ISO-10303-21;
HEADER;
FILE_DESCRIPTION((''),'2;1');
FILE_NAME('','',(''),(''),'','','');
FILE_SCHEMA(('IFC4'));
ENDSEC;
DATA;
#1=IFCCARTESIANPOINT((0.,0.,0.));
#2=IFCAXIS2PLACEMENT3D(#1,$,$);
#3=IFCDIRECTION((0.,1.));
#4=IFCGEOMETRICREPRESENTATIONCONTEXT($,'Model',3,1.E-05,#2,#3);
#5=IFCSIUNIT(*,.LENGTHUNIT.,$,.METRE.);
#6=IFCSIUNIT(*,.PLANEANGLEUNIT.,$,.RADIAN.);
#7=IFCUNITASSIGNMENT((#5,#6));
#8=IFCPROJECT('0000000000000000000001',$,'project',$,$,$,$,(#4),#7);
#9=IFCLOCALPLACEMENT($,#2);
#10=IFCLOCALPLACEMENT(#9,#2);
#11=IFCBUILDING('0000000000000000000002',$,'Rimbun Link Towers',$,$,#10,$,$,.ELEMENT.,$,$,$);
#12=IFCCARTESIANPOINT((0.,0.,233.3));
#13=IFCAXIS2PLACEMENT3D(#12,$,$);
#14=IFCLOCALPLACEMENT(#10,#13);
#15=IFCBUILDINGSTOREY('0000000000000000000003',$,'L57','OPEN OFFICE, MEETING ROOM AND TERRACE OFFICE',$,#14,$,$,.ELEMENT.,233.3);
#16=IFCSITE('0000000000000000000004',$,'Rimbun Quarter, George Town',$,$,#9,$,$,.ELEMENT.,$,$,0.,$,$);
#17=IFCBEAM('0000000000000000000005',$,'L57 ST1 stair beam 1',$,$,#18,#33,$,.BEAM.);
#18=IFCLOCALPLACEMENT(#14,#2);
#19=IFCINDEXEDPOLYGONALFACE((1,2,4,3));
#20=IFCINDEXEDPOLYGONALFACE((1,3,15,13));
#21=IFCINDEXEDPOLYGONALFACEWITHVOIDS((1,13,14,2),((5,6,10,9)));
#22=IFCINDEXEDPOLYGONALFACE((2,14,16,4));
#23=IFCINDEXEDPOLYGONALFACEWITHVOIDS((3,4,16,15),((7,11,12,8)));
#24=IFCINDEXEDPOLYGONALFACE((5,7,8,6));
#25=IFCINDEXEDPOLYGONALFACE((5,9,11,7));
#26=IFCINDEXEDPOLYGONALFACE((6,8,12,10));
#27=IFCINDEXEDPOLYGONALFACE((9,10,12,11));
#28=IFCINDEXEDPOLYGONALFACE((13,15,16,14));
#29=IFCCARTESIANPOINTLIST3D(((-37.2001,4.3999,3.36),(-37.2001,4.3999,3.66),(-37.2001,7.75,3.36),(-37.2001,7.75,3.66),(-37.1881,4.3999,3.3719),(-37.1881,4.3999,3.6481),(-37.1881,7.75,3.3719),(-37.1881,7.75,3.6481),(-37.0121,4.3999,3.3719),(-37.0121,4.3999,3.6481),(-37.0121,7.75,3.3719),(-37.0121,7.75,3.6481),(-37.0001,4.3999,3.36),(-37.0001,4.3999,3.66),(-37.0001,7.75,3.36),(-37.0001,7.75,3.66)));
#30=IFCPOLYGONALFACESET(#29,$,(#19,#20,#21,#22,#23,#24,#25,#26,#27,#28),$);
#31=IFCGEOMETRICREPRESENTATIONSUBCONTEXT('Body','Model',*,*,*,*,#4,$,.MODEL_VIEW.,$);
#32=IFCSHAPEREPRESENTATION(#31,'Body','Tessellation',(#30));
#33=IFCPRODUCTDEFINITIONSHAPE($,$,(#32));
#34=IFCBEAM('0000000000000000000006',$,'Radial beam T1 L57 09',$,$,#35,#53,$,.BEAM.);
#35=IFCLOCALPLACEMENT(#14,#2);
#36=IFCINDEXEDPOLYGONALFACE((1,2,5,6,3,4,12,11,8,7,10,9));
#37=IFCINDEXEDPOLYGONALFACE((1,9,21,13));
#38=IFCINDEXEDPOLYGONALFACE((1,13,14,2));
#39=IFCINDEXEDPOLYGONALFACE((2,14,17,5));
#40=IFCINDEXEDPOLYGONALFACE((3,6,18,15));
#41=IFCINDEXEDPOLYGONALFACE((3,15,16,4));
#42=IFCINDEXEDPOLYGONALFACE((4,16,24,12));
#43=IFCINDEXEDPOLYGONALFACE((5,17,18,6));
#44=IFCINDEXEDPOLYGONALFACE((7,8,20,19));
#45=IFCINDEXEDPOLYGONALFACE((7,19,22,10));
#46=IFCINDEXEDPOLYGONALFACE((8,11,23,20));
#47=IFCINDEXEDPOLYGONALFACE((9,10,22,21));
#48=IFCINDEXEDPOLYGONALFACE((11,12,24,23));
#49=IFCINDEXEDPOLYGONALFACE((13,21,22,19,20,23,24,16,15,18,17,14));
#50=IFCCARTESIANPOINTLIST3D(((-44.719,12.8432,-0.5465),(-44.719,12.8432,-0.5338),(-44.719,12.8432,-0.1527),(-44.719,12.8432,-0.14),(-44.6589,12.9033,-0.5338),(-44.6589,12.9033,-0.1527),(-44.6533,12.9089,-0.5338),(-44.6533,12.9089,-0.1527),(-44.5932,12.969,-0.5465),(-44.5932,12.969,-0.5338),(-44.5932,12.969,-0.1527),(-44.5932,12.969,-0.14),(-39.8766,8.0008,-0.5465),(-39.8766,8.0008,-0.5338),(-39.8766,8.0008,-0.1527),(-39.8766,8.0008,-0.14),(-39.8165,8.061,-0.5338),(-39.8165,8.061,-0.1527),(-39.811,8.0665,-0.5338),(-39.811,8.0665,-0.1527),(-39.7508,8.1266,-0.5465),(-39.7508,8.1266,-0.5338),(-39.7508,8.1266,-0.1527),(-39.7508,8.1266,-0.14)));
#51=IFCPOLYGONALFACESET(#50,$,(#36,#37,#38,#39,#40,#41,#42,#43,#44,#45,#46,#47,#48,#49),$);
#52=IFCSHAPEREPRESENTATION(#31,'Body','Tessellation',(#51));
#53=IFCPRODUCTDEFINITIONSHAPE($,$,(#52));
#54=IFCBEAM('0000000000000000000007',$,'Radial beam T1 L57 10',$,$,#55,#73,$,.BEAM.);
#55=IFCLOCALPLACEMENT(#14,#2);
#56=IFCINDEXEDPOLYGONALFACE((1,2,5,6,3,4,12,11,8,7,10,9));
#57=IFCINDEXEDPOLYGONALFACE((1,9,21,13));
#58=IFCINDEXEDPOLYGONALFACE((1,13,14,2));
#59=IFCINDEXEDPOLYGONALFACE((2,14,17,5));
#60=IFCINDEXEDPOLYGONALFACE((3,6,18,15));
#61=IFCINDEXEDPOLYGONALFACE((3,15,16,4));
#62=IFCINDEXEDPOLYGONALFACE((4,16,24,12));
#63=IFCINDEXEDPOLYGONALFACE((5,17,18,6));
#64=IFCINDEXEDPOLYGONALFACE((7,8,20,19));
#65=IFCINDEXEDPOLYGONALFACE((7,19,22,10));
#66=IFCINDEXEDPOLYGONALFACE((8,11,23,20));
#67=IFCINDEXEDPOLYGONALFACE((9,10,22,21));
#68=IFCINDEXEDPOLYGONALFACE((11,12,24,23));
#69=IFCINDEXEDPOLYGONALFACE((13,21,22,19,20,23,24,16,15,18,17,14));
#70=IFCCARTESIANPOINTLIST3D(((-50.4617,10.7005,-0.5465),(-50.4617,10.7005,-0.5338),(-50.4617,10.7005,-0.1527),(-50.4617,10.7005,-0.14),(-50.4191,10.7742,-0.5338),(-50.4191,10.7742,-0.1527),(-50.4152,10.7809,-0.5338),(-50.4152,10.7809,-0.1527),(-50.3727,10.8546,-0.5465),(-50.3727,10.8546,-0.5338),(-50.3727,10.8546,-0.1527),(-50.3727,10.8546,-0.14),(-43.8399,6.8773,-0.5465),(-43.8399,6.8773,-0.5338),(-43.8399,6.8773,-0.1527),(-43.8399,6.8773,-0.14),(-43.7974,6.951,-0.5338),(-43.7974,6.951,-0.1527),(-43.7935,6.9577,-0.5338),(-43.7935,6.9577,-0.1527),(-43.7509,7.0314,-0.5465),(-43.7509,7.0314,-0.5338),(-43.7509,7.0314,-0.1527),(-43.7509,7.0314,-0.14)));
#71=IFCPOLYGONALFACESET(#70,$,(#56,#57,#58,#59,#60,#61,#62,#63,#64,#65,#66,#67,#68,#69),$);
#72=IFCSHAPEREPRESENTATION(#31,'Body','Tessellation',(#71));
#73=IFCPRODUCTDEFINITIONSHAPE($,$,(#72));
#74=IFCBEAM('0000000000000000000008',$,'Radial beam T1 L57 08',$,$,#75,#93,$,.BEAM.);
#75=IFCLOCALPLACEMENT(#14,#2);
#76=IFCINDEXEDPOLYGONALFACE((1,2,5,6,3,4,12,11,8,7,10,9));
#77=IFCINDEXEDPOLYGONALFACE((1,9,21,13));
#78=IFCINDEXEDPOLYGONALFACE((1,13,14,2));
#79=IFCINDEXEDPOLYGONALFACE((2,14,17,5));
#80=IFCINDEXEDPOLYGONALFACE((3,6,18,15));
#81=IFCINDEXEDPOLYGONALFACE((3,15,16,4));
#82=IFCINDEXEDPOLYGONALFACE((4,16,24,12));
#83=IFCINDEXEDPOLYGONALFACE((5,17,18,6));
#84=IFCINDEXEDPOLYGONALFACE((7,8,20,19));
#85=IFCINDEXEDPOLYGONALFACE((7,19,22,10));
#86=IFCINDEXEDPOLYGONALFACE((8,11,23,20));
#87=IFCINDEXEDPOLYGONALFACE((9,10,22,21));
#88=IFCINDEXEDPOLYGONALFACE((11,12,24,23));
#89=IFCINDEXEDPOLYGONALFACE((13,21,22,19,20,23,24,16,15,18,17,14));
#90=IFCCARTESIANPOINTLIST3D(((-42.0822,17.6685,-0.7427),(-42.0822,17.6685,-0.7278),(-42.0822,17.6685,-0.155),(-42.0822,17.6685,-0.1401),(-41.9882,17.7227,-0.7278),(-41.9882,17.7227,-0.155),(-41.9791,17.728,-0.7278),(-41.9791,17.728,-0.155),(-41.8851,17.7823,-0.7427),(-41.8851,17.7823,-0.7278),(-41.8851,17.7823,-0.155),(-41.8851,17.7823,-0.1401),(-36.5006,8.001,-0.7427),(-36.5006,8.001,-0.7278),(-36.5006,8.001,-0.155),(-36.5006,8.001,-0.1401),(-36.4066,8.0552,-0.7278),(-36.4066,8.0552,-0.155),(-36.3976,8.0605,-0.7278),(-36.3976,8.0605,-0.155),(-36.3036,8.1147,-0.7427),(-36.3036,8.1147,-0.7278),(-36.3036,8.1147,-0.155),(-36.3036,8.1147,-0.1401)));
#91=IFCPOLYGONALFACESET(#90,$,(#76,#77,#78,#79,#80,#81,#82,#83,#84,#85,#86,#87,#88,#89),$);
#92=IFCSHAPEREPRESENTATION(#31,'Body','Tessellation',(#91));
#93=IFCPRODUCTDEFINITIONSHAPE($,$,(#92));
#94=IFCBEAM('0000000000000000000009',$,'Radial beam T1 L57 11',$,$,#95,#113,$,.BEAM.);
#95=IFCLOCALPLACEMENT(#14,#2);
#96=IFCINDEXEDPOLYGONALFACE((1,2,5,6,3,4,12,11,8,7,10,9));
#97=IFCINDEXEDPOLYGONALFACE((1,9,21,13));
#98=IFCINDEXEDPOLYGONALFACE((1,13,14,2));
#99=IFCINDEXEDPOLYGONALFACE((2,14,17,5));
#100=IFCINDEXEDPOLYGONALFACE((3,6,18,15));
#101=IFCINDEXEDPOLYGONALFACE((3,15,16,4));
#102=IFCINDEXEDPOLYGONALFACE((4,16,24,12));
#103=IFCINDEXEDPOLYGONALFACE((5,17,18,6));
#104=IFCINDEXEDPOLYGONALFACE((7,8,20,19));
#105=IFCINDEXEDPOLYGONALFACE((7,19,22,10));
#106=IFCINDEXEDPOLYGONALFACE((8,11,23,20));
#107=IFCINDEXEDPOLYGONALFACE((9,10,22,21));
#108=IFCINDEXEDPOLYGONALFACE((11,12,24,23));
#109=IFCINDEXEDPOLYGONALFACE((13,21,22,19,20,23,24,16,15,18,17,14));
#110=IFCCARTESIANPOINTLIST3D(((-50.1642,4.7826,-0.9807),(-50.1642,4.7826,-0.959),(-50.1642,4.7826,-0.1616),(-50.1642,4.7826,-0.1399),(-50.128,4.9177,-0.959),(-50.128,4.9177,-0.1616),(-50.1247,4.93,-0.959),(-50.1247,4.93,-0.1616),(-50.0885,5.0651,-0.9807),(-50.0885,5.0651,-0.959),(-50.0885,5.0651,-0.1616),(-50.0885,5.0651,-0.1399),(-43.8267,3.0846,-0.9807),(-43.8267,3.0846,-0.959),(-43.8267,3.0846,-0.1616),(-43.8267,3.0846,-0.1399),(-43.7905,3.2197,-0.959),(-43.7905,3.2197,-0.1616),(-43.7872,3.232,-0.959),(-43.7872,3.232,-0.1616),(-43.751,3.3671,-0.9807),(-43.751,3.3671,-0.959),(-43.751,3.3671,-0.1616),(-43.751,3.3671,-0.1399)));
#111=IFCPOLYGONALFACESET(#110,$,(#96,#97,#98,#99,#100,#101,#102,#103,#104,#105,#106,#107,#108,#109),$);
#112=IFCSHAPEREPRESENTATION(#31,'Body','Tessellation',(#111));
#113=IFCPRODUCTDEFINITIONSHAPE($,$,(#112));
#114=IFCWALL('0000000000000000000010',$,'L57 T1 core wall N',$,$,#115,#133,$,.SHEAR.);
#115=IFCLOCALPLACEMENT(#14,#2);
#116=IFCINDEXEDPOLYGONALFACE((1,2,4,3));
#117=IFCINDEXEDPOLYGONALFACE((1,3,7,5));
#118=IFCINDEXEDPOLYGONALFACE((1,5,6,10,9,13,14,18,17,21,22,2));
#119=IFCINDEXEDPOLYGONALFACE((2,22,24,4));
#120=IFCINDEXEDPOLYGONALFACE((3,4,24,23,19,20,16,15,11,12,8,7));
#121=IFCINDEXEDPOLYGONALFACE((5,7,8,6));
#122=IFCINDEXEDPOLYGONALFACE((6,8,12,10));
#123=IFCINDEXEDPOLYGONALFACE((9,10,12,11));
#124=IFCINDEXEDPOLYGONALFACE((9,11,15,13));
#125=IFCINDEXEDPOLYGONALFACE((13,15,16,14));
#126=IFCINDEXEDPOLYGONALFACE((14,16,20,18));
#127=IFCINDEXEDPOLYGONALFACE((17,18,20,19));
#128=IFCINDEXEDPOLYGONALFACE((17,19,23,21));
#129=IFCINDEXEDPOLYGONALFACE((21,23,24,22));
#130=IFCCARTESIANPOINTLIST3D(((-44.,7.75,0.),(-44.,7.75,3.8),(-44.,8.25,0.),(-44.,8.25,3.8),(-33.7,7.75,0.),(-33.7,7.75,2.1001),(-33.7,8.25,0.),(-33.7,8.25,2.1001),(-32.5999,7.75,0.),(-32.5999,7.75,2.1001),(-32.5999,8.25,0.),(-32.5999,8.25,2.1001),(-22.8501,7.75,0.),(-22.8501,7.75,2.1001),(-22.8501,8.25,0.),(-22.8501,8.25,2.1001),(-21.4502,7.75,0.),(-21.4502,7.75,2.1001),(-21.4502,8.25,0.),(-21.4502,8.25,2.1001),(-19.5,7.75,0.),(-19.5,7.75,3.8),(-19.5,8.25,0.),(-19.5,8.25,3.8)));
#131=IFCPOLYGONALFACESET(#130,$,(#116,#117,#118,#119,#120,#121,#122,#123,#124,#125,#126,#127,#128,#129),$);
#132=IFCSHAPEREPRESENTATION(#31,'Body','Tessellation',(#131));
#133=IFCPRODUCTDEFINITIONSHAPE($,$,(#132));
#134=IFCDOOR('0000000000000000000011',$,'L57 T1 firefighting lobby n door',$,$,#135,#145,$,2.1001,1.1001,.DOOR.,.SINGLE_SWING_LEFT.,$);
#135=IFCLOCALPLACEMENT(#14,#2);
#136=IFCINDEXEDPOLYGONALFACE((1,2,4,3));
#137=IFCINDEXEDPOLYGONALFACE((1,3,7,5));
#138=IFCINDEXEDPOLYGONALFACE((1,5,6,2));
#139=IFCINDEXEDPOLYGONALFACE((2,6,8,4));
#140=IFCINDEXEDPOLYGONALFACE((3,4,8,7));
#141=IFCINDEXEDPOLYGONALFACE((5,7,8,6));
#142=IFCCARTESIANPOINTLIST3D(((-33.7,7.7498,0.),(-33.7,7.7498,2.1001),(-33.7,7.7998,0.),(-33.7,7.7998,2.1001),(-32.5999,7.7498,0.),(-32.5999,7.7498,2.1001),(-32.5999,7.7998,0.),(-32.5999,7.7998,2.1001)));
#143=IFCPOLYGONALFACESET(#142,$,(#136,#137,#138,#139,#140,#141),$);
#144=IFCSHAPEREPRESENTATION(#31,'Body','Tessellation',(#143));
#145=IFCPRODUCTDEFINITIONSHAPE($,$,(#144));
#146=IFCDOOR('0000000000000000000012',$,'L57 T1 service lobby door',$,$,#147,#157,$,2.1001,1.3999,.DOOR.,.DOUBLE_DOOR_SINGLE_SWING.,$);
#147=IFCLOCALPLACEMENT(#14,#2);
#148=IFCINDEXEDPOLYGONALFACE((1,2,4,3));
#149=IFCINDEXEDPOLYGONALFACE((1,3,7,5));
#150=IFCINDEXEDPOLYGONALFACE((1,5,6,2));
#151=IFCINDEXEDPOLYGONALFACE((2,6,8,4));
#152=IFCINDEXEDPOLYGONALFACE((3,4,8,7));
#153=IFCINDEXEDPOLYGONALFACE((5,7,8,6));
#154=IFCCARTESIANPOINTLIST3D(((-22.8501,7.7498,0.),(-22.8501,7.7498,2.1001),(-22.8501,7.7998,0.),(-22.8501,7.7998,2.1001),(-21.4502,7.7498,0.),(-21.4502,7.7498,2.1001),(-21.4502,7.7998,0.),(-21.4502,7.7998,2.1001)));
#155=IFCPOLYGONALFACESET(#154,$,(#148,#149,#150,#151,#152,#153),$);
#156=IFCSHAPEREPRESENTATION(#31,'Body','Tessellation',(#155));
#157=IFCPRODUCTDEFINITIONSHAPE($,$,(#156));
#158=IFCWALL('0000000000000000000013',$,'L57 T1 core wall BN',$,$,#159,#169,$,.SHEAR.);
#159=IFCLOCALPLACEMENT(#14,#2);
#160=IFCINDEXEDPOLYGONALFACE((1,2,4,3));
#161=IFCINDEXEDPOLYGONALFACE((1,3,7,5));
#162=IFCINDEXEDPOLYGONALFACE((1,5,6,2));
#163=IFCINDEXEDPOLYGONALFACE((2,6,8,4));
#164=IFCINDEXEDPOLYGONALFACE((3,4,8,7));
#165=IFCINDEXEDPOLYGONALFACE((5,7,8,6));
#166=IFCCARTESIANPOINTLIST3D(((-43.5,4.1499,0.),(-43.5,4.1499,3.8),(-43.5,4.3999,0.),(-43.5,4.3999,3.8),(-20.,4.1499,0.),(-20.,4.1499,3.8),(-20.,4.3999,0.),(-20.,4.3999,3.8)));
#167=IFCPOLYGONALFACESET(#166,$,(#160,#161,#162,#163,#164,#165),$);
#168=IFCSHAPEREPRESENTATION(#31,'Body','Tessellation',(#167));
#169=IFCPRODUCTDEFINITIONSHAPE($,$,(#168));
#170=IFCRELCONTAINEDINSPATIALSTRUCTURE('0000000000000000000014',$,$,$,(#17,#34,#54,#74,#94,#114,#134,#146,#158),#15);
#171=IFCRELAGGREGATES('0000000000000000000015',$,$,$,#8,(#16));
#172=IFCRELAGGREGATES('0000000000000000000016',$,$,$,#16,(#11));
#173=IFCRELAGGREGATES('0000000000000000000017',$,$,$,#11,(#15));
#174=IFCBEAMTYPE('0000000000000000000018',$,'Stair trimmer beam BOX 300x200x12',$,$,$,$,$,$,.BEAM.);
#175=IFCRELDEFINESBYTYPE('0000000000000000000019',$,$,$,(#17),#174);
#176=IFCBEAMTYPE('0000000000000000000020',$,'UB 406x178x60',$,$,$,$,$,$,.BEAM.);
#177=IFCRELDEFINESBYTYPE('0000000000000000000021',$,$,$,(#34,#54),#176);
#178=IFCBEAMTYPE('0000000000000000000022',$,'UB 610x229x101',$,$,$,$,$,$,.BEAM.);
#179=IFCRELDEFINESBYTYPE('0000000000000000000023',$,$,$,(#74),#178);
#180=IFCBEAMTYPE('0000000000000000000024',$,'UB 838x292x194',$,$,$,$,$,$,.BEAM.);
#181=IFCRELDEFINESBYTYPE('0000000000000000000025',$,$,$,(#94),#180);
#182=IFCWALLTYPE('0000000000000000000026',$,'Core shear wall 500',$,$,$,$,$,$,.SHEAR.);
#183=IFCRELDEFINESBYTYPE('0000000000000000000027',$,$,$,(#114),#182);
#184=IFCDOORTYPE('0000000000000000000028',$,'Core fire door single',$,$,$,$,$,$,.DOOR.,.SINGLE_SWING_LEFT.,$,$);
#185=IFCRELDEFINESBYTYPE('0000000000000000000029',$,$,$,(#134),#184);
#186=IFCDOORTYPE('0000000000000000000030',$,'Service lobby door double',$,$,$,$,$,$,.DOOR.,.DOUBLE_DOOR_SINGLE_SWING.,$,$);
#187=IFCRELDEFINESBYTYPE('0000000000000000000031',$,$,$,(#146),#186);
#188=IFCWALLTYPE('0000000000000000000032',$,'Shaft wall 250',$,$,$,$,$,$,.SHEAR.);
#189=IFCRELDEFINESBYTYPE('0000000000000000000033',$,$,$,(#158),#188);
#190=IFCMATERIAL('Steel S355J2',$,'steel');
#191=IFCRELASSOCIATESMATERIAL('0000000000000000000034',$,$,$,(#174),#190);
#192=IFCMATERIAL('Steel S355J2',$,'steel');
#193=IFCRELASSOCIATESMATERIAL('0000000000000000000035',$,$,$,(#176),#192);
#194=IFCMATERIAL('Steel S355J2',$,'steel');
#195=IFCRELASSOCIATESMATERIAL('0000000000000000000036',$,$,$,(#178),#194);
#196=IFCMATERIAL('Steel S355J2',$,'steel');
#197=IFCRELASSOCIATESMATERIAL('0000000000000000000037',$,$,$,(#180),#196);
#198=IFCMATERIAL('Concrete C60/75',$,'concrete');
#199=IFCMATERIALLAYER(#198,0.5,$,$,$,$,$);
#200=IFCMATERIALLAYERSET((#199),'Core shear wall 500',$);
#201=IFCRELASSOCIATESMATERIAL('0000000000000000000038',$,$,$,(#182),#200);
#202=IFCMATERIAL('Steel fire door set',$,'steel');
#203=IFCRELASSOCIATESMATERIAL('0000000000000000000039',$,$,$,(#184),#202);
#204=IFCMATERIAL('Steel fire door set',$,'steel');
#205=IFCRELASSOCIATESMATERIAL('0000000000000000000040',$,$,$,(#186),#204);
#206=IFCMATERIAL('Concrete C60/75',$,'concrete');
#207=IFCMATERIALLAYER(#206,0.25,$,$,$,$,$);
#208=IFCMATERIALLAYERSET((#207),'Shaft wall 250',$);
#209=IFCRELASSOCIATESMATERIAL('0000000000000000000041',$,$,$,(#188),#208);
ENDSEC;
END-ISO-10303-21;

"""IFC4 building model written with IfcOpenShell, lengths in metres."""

from ifc_helpers import new_model, si_unit, direction, frame, frame_2d, origin, origin_2d, place, context, subcontext, project, spatial, rectangle, hollow_rectangle, i_section, extrude, material, layer, layer_set, material_profile, profile_set, type_object, element, fill, save


model = new_model("IFC4")

# Units and contexts
model_context = context("Model", 3, precision=1e-05, world=origin(), true_north=direction((0.0, 1.0)))
body_context = subcontext(model_context, "Body", "Model", "MODEL_VIEW")
ifc_project = project(units=[si_unit("LENGTHUNIT", "METRE"), si_unit("PLANEANGLEUNIT", "RADIAN")], contexts=[model_context])

# Site, building, storey
site_placement = place(None, origin())
site = spatial("IfcSite", under=ifc_project, at=site_placement, Name="Rimbun Quarter, George Town", CompositionType="ELEMENT", RefElevation=0.0)
building_placement = place(site_placement, origin())
building = spatial("IfcBuilding", under=site, at=building_placement, Name="Rimbun Link Towers", CompositionType="ELEMENT")
storey_placement = place(building_placement, frame((0.0, 0.0, 233.3)))
storey = spatial("IfcBuildingStorey", under=building, at=storey_placement, Name="L57", Description="OPEN OFFICE, MEETING ROOM AND TERRACE OFFICE", CompositionType="ELEMENT", Elevation=233.3)

# Beams
ifc_material_1 = material(Name="Steel S355J2", Category="steel")
ifc_material_profile_1 = material_profile(ifc_material_1, hollow_rectangle(XDim=0.2, YDim=0.3, WallThickness=0.012, at=origin_2d()), Name="BOX 300x200x12")
ifc_profile_set_1 = profile_set([ifc_material_profile_1], Name="Steel S355J2")
beam_type_1 = type_object("IfcBeamType", Name="Stair trimmer beam BOX 300x200x12", PredefinedType="BEAM", material=ifc_profile_set_1)
beam_1_placement = place(storey_placement, frame((-37.1001, 7.75, 3.51), z_axis=(0.0, -1.0, 0.0), x_axis=(1.0, 0.0, 0.0)))
element("IfcBeam", 1, at=beam_1_placement, inside=storey, type_object=beam_type_1, Name="L57 ST1 stair beam 1", PredefinedType="BEAM", context=body_context, shape_type="SweptSolid", body=[
    extrude(hollow_rectangle(XDim=0.2, YDim=0.3, WallThickness=0.012, at=origin_2d()), origin(), (0.0, 0.0, 1.0), 3.3501),
])
ifc_material_2 = material(Name="Steel S355J2", Category="steel")
ifc_material_profile_2 = material_profile(ifc_material_2, i_section(OverallWidth=0.178, OverallDepth=0.4065, WebThickness=0.0078, FlangeThickness=0.0127, at=origin_2d()), Name="UB 406x178x60")
ifc_profile_set_2 = profile_set([ifc_material_profile_2], Name="Steel S355J2")
beam_type_2 = type_object("IfcBeamType", Name="UB 406x178x60", PredefinedType="BEAM", material=ifc_profile_set_2)
beam_2_placement = place(storey_placement, frame((-39.8137, 8.0637, -0.3433), z_axis=(-0.707107, 0.707107, 0.0), x_axis=(-0.707107, -0.707107, 0.0)))
element("IfcBeam", 2, at=beam_2_placement, inside=storey, type_object=beam_type_2, Name="Radial beam T1 L57 09", PredefinedType="BEAM", context=body_context, shape_type="SweptSolid", body=[
    extrude(i_section(OverallWidth=0.178, OverallDepth=0.4065, WebThickness=0.0078, FlangeThickness=0.0127, at=origin_2d()), origin(), (0.0, 0.0, 1.0), 6.8481),
])
beam_3_placement = place(storey_placement, frame((-43.7954, 6.9543, -0.3433), z_axis=(-0.866018, 0.500013, 0.0), x_axis=(-0.500013, -0.866018, 0.0)))
element("IfcBeam", 3, at=beam_3_placement, inside=storey, type_object=beam_type_2, Name="Radial beam T1 L57 10", PredefinedType="BEAM", context=body_context, shape_type="SweptSolid", body=[
    extrude(i_section(OverallWidth=0.178, OverallDepth=0.4065, WebThickness=0.0078, FlangeThickness=0.0127, at=origin_2d()), origin(), (0.0, 0.0, 1.0), 7.6462),
])
ifc_material_3 = material(Name="Steel S355J2", Category="steel")
ifc_material_profile_3 = material_profile(ifc_material_3, i_section(OverallWidth=0.2275, OverallDepth=0.6025, WebThickness=0.0105, FlangeThickness=0.0149, at=origin_2d()), Name="UB 610x229x101")
ifc_profile_set_3 = profile_set([ifc_material_profile_3], Name="Steel S355J2")
beam_type_3 = type_object("IfcBeamType", Name="UB 610x229x101", PredefinedType="BEAM", material=ifc_profile_set_3)
beam_4_placement = place(storey_placement, frame((-36.4021, 8.0579, -0.4414), z_axis=(-0.500001, 0.866025, 0.0), x_axis=(-0.866025, -0.500001, 0.0)))
element("IfcBeam", 4, at=beam_4_placement, inside=storey, type_object=beam_type_3, Name="Radial beam T1 L57 08", PredefinedType="BEAM", context=body_context, shape_type="SweptSolid", body=[
    extrude(i_section(OverallWidth=0.2275, OverallDepth=0.6025, WebThickness=0.0105, FlangeThickness=0.0149, at=origin_2d()), origin(), (0.0, 0.0, 1.0), 11.1631),
])
ifc_material_4 = material(Name="Steel S355J2", Category="steel")
ifc_material_profile_4 = material_profile(ifc_material_4, i_section(OverallWidth=0.2925, OverallDepth=0.8408, WebThickness=0.0127, FlangeThickness=0.0217, at=origin_2d()), Name="UB 838x292x194")
ifc_profile_set_4 = profile_set([ifc_material_profile_4], Name="Steel S355J2")
beam_type_4 = type_object("IfcBeamType", Name="UB 838x292x194", PredefinedType="BEAM", material=ifc_profile_set_4)
beam_5_placement = place(storey_placement, frame((-43.7888, 3.2258, -0.5603), z_axis=(-0.96593, 0.258804, 0.0), x_axis=(-0.258804, -0.96593, 0.0)))
element("IfcBeam", 5, at=beam_5_placement, inside=storey, type_object=beam_type_4, Name="Radial beam T1 L57 11", PredefinedType="BEAM", context=body_context, shape_type="SweptSolid", body=[
    extrude(i_section(OverallWidth=0.2925, OverallDepth=0.8408, WebThickness=0.0127, FlangeThickness=0.0217, at=origin_2d()), origin(), (0.0, 0.0, 1.0), 6.561),
])

# Wall, openings, doors
ifc_material_5 = material(Name="Concrete C60/75", Category="concrete")
ifc_layer_1 = layer(ifc_material_5, 0.5)
ifc_layer_set_1 = layer_set([ifc_layer_1], Name="Core shear wall 500")
wall_type_1 = type_object("IfcWallType", Name="Core shear wall 500", PredefinedType="SHEAR", material=ifc_layer_set_1)
wall_1_placement = place(storey_placement, frame((-44.0, 8.0, 0.0), z_axis=(0.0, 0.0, 1.0), x_axis=(1.0, 0.0, 0.0)))
wall_1 = element("IfcWall", 6, at=wall_1_placement, inside=storey, type_object=wall_type_1, Name="L57 T1 core wall N", PredefinedType="SHEAR", context=body_context, shape_type="SweptSolid", body=[
    extrude(rectangle(XDim=24.5, YDim=0.5, at=frame_2d((12.25, 0.0))), origin(), (0.0, 0.0, 1.0), 3.8),
])
opening_1_placement = place(wall_1_placement, frame((10.3, 0.0, 0.0)))
opening_1 = element("IfcOpeningElement", 7, at=opening_1_placement, cuts=wall_1, PredefinedType="OPENING", context=body_context, shape_type="SweptSolid", body=[
    extrude(rectangle(XDim=1.1001, YDim=2.1001, at=frame_2d((0.55, 1.05))), frame((0.0, 0.26, 0.0), z_axis=(0.0, -1.0, 0.0), x_axis=(1.0, 0.0, 0.0)), (0.0, 0.0, 1.0), 0.52),
])
opening_2_placement = place(wall_1_placement, frame((21.1499, 0.0, 0.0)))
opening_2 = element("IfcOpeningElement", 8, at=opening_2_placement, cuts=wall_1, PredefinedType="OPENING", context=body_context, shape_type="SweptSolid", body=[
    extrude(rectangle(XDim=1.3999, YDim=2.1001, at=frame_2d((0.7, 1.05))), frame((0.0, 0.26, 0.0), z_axis=(0.0, -1.0, 0.0), x_axis=(1.0, 0.0, 0.0)), (0.0, 0.0, 1.0), 0.52),
])
ifc_material_6 = material(Name="Steel fire door set", Category="steel")
door_type_1 = type_object("IfcDoorType", Name="Core fire door single", OperationType="SINGLE_SWING_LEFT", PredefinedType="DOOR", material=ifc_material_6)
door_1_placement = place(opening_1_placement, origin())
door_1 = element("IfcDoor", 9, at=door_1_placement, inside=storey, type_object=door_type_1, Name="L57 T1 firefighting lobby n door", OperationType="SINGLE_SWING_LEFT", OverallHeight=2.1001, OverallWidth=1.1001, PredefinedType="DOOR", context=body_context, shape_type="SweptSolid", body=[
    extrude(rectangle(XDim=1.1001, YDim=2.1001, at=frame_2d((0.55, 1.05))), frame((0.0, -0.2002, 0.0), z_axis=(0.0, -1.0, 0.0), x_axis=(1.0, 0.0, 0.0)), (0.0, 0.0, 1.0), 0.05),
])
fill(opening_1, door_1)
ifc_material_7 = material(Name="Steel fire door set", Category="steel")
door_type_2 = type_object("IfcDoorType", Name="Service lobby door double", OperationType="DOUBLE_DOOR_SINGLE_SWING", PredefinedType="DOOR", material=ifc_material_7)
door_2_placement = place(opening_2_placement, origin())
door_2 = element("IfcDoor", 10, at=door_2_placement, inside=storey, type_object=door_type_2, Name="L57 T1 service lobby door", OperationType="DOUBLE_DOOR_SINGLE_SWING", OverallHeight=2.1001, OverallWidth=1.3999, PredefinedType="DOOR", context=body_context, shape_type="SweptSolid", body=[
    extrude(rectangle(XDim=1.3999, YDim=2.1001, at=frame_2d((0.7, 1.05))), frame((0.0, -0.2002, 0.0), z_axis=(0.0, -1.0, 0.0), x_axis=(1.0, 0.0, 0.0)), (0.0, 0.0, 1.0), 0.05),
])
fill(opening_2, door_2)

# Wall
ifc_material_8 = material(Name="Concrete C60/75", Category="concrete")
ifc_layer_2 = layer(ifc_material_8, 0.25)
ifc_layer_set_2 = layer_set([ifc_layer_2], Name="Shaft wall 250")
wall_type_2 = type_object("IfcWallType", Name="Shaft wall 250", PredefinedType="SHEAR", material=ifc_layer_set_2)
wall_2_placement = place(storey_placement, frame((-43.5, 4.2749, 0.0), z_axis=(0.0, 0.0, 1.0), x_axis=(1.0, 0.0, 0.0)))
element("IfcWall", 11, at=wall_2_placement, inside=storey, type_object=wall_type_2, Name="L57 T1 core wall BN", PredefinedType="SHEAR", context=body_context, shape_type="SweptSolid", body=[
    extrude(rectangle(XDim=23.5, YDim=0.25, at=frame_2d((11.75, 0.0))), origin(), (0.0, 0.0, 1.0), 3.8),
])

save(model, "model.ifc")
